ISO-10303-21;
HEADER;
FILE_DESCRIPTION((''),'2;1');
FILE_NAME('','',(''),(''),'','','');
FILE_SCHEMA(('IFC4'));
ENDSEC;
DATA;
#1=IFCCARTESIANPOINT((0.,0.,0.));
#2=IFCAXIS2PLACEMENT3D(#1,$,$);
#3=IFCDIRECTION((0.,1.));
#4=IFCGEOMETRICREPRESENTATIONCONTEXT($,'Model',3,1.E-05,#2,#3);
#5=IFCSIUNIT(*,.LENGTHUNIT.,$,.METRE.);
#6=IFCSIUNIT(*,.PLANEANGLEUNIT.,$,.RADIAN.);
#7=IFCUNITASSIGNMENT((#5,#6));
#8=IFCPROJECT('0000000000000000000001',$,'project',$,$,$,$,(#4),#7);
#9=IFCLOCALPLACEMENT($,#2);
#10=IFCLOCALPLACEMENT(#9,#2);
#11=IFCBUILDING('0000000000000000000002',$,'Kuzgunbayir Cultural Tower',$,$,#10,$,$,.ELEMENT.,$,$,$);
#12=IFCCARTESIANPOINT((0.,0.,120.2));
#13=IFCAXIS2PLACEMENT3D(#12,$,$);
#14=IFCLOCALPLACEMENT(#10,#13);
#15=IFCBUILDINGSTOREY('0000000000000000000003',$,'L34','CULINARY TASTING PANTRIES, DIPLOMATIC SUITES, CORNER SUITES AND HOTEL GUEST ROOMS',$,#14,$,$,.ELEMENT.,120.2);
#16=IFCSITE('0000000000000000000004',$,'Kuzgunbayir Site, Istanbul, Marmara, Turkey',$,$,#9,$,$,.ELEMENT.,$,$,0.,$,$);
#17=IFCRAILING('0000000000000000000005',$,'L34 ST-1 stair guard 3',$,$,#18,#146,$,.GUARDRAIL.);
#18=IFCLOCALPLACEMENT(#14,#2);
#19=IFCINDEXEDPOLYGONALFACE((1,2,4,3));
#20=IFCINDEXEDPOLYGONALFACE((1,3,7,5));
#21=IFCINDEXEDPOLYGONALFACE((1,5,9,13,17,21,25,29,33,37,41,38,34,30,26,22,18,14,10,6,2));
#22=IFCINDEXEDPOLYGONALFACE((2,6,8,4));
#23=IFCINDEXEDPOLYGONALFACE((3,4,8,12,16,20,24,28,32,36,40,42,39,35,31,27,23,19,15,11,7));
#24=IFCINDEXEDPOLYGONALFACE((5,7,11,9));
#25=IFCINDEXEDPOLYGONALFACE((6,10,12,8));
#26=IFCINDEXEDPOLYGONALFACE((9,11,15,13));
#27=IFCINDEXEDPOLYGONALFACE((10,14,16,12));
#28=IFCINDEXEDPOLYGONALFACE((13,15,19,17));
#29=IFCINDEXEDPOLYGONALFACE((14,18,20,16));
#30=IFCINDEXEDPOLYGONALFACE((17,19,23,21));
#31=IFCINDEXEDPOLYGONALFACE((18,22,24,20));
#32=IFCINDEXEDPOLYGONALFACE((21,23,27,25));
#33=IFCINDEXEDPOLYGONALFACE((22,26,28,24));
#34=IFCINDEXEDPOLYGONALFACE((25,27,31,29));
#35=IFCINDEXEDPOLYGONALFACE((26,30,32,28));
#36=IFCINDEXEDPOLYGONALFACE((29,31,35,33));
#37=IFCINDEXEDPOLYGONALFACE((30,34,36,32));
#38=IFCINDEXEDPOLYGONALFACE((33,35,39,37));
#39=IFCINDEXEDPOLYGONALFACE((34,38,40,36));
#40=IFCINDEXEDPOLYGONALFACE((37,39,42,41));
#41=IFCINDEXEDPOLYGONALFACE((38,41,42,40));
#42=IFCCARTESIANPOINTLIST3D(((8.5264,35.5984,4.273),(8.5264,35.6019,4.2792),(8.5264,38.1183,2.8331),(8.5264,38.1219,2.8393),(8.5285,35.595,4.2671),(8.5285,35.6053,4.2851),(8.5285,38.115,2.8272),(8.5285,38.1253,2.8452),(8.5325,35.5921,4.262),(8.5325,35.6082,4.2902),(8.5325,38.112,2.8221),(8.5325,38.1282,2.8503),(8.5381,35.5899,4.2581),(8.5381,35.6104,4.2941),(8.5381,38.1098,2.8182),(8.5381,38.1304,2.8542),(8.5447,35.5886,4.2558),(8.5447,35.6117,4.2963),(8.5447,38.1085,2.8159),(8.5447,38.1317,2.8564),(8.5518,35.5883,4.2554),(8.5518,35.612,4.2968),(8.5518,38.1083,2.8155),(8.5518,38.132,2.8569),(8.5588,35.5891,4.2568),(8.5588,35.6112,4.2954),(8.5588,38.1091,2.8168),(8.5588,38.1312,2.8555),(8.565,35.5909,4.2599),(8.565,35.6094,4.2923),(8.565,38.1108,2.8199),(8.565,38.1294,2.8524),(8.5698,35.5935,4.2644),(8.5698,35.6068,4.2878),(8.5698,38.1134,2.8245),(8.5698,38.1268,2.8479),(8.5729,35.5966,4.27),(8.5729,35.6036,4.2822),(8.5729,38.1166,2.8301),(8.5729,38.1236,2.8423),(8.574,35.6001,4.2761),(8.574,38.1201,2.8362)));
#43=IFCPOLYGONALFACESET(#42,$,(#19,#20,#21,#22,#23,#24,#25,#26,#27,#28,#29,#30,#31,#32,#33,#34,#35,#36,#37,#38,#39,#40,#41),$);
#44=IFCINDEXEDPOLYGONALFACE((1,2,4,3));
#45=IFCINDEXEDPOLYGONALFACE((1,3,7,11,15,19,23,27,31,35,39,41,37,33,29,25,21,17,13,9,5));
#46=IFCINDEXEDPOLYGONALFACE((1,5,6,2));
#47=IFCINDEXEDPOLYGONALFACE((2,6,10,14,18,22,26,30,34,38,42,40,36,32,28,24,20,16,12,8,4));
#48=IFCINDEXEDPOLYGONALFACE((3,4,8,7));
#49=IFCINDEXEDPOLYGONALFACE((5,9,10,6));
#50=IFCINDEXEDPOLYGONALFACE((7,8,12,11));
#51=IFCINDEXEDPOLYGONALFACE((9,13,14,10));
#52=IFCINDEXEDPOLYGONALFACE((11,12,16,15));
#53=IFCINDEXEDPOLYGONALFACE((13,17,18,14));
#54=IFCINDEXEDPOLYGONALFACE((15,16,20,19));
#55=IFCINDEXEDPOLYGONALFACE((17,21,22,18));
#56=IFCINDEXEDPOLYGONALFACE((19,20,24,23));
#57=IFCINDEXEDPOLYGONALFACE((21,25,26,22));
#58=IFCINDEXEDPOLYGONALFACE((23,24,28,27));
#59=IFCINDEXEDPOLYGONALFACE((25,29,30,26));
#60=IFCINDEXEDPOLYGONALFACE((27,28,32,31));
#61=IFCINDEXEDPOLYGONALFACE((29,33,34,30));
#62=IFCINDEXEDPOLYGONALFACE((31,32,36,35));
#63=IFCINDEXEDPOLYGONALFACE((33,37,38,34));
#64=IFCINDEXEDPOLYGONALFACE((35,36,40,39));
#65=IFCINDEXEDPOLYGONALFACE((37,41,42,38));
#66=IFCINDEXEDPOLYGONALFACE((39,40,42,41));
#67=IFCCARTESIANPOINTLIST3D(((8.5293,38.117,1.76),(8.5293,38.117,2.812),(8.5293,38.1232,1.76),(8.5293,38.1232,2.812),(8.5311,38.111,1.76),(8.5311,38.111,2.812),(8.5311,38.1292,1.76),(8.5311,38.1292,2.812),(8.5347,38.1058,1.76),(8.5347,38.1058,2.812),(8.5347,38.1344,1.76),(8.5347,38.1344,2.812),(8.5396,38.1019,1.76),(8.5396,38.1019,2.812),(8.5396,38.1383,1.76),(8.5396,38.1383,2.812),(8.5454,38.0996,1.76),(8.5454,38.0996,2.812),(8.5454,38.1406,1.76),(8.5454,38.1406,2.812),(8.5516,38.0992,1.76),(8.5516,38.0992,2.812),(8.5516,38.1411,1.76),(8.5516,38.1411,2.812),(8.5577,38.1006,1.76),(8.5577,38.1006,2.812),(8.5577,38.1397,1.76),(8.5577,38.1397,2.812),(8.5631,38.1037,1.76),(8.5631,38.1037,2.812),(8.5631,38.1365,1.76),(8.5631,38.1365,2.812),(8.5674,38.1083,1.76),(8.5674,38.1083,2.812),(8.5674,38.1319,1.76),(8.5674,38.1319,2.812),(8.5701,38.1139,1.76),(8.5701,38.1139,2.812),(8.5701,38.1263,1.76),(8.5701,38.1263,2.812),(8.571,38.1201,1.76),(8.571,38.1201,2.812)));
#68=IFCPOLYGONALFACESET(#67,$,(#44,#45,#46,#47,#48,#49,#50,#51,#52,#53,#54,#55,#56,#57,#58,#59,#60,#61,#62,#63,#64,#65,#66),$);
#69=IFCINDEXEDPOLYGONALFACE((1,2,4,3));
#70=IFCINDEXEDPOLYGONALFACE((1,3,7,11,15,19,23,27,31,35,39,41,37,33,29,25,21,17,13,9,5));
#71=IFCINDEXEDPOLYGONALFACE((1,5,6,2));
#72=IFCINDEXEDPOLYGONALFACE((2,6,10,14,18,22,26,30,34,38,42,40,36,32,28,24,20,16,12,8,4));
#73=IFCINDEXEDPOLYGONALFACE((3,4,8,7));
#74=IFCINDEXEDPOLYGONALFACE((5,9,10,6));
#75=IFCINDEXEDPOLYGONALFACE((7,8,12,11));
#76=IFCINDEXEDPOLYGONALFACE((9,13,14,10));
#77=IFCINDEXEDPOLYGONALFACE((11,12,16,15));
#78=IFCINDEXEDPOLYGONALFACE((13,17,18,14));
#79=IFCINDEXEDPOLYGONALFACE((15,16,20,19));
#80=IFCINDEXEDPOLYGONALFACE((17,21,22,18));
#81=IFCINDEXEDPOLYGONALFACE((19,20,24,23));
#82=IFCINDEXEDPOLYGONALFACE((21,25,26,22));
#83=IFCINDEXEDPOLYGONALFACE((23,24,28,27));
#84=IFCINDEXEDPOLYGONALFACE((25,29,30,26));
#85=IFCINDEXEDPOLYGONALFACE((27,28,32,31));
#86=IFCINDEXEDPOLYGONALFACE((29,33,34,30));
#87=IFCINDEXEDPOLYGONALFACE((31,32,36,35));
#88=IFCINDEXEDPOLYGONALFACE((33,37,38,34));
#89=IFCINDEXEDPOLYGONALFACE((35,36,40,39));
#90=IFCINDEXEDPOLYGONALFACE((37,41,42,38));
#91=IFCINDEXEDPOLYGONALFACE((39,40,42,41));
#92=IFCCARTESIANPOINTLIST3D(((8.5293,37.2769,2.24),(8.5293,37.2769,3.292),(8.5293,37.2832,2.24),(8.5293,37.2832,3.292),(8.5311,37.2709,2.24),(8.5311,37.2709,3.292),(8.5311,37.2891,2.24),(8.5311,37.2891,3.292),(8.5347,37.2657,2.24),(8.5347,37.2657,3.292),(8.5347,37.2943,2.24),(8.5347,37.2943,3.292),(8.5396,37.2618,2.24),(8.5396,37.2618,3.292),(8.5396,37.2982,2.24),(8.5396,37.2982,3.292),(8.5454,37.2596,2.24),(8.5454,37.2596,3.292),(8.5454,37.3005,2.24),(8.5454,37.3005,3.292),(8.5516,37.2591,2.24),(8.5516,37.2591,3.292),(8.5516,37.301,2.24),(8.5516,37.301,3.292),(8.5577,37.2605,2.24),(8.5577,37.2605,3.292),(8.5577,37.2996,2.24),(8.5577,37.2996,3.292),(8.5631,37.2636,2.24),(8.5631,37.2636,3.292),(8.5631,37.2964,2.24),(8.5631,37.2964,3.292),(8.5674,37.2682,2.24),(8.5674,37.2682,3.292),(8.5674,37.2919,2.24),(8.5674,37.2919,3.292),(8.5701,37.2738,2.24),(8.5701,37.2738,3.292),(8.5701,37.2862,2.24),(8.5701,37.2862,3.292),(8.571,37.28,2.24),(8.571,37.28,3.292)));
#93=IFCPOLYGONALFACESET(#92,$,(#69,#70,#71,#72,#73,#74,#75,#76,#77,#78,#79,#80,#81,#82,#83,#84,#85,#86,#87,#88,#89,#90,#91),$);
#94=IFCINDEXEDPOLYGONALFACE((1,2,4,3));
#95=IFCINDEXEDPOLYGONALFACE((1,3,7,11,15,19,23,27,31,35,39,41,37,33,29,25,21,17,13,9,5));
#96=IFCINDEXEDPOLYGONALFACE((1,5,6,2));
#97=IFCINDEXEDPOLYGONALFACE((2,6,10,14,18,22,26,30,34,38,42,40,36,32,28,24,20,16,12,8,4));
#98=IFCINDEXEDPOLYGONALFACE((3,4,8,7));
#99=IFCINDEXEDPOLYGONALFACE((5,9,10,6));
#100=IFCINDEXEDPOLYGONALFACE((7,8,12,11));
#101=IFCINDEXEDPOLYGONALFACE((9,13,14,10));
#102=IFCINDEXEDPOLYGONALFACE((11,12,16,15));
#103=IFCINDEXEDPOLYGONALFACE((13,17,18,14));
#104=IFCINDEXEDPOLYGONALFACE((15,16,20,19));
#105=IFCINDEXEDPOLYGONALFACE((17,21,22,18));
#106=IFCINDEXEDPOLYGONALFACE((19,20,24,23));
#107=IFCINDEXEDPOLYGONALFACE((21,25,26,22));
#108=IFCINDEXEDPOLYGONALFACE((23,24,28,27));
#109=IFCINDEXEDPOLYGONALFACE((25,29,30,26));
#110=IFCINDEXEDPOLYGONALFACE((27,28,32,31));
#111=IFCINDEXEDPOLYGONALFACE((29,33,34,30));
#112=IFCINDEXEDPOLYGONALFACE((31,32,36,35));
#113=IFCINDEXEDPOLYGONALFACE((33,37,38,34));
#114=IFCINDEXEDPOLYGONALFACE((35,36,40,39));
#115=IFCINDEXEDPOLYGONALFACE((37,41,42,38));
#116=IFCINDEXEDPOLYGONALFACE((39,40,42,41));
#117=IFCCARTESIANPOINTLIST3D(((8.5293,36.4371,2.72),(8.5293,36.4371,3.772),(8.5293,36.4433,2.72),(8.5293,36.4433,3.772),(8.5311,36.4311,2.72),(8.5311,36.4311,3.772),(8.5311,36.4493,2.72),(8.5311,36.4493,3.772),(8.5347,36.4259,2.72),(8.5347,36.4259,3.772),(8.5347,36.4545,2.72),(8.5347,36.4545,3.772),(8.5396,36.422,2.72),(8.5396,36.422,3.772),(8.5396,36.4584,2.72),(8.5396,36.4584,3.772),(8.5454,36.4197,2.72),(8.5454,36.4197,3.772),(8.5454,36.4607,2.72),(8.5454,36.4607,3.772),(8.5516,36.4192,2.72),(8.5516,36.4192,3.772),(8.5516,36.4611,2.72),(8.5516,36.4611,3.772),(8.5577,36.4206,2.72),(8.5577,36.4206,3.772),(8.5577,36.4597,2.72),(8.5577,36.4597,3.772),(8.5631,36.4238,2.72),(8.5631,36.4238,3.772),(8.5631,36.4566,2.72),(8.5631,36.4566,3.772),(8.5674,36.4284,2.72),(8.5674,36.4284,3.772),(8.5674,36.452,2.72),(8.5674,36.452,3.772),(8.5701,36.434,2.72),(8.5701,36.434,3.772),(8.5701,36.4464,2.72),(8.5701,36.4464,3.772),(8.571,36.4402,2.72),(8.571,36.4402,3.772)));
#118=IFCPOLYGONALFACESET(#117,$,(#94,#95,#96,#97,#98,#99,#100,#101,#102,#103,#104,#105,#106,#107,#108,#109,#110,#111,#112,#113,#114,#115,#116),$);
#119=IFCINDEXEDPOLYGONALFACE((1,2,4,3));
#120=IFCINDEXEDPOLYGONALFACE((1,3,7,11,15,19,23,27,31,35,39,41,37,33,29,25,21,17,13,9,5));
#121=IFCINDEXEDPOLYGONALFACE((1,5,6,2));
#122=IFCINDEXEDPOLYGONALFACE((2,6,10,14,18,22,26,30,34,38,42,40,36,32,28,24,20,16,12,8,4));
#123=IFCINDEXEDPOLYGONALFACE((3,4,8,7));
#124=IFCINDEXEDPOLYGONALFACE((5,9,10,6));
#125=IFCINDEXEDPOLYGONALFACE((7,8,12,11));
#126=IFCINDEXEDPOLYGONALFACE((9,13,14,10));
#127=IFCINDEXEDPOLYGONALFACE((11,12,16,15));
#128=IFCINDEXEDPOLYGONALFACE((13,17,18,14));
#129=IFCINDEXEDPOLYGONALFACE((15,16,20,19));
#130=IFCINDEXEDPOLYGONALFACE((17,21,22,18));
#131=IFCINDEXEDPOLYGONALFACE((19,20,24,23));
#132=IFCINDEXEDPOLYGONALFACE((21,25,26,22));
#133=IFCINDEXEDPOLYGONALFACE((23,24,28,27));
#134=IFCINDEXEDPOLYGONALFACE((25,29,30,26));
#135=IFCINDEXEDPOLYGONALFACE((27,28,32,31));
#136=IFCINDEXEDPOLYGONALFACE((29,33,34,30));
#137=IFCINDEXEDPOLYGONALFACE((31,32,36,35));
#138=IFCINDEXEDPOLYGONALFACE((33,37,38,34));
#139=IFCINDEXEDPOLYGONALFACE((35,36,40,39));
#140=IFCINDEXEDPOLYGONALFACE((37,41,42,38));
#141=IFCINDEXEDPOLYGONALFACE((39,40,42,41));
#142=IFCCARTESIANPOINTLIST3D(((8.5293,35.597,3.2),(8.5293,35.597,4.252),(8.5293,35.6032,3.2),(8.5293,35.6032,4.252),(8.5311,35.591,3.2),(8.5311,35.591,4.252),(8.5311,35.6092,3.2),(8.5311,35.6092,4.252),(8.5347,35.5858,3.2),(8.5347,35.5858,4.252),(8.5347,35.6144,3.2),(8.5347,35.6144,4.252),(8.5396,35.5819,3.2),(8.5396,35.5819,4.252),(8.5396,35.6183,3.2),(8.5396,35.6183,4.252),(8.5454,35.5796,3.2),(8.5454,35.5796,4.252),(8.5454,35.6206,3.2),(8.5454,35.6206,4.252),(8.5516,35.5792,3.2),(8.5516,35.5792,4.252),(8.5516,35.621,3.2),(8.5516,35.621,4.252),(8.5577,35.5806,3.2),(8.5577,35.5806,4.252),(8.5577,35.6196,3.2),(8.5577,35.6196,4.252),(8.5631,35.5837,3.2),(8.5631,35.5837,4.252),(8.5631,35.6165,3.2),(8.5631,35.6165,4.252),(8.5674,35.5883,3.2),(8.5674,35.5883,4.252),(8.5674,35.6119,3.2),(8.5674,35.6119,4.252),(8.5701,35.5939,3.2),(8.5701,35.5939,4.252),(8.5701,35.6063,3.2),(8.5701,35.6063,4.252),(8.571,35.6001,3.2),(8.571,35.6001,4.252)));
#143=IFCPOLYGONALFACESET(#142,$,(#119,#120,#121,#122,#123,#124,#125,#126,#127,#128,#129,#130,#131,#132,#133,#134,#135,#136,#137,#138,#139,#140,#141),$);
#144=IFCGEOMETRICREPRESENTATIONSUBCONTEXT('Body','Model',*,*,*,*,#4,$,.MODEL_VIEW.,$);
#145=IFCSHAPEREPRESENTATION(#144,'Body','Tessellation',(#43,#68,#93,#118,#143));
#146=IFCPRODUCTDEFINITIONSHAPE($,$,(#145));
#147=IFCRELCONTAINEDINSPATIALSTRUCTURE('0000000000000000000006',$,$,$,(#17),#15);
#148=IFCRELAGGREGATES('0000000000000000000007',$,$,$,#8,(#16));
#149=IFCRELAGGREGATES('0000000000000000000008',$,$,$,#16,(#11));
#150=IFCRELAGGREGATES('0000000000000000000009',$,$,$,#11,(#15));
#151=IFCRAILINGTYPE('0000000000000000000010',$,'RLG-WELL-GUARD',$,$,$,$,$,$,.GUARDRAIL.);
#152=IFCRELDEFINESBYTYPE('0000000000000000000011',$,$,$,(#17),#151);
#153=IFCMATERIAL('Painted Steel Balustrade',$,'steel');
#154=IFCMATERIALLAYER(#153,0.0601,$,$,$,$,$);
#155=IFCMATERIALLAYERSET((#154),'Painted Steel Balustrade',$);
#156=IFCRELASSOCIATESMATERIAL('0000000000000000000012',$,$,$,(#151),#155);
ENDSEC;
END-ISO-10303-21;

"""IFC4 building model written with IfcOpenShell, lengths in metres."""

from ifc_helpers import new_model, si_unit, direction, frame, origin, origin_2d, place, context, subcontext, project, spatial, circle, extrude, material, layer, layer_set, type_object, element, save


model = new_model("IFC4")

# Units and contexts
model_context = context("Model", 3, precision=1e-05, world=origin(), true_north=direction((0.0, 1.0)))
body_context = subcontext(model_context, "Body", "Model", "MODEL_VIEW")
ifc_project = project(units=[si_unit("LENGTHUNIT", "METRE"), si_unit("PLANEANGLEUNIT", "RADIAN")], contexts=[model_context])

# Site, building, storey
site_placement = place(None, origin())
site = spatial("IfcSite", under=ifc_project, at=site_placement, Name="Kuzgunbayir Site, Istanbul, Marmara, Turkey", CompositionType="ELEMENT", RefElevation=0.0)
building_placement = place(site_placement, origin())
building = spatial("IfcBuilding", under=site, at=building_placement, Name="Kuzgunbayir Cultural Tower", CompositionType="ELEMENT")
storey_placement = place(building_placement, frame((0.0, 0.0, 120.2)))
storey = spatial("IfcBuildingStorey", under=building, at=storey_placement, Name="L34", Description="CULINARY TASTING PANTRIES, DIPLOMATIC SUITES, CORNER SUITES AND HOTEL GUEST ROOMS", CompositionType="ELEMENT", Elevation=120.2)

# Railing
ifc_material_1 = material(Name="Painted Steel Balustrade", Category="steel")
ifc_layer_1 = layer(ifc_material_1, 0.0601)
ifc_layer_set_1 = layer_set([ifc_layer_1], Name="Painted Steel Balustrade")
railing_type_1 = type_object("IfcRailingType", Name="RLG-WELL-GUARD", PredefinedType="GUARDRAIL", material=ifc_layer_set_1)
railing_1_placement = place(storey_placement, frame((8.55, 38.1201, 1.76)))
element("IfcRailing", 1, at=railing_1_placement, inside=storey, type_object=railing_type_1, Name="L34 ST-1 stair guard 3", PredefinedType="GUARDRAIL", context=body_context, shape_type="SweptSolid", body=[
    extrude(circle(Radius=0.0239, at=origin_2d()), frame((0.0, 0.0, 1.0762), z_axis=(0.0, -0.868253, 0.496121), x_axis=(1.0, 0.0, 0.0)), (0.0, 0.0, 1.0), 2.9023),
    extrude(circle(Radius=0.021, at=origin_2d()), origin(), (0.0, 0.0, 1.0), 1.052),
    extrude(circle(Radius=0.021, at=origin_2d()), frame((0.0, -0.8401, 0.48)), (0.0, 0.0, 1.0), 1.052),
    extrude(circle(Radius=0.021, at=origin_2d()), frame((0.0, -1.6799, 0.96)), (0.0, 0.0, 1.0), 1.052),
    extrude(circle(Radius=0.021, at=origin_2d()), frame((0.0, -2.52, 1.4399)), (0.0, 0.0, 1.0), 1.052),
])

save(model, "model.ifc")
